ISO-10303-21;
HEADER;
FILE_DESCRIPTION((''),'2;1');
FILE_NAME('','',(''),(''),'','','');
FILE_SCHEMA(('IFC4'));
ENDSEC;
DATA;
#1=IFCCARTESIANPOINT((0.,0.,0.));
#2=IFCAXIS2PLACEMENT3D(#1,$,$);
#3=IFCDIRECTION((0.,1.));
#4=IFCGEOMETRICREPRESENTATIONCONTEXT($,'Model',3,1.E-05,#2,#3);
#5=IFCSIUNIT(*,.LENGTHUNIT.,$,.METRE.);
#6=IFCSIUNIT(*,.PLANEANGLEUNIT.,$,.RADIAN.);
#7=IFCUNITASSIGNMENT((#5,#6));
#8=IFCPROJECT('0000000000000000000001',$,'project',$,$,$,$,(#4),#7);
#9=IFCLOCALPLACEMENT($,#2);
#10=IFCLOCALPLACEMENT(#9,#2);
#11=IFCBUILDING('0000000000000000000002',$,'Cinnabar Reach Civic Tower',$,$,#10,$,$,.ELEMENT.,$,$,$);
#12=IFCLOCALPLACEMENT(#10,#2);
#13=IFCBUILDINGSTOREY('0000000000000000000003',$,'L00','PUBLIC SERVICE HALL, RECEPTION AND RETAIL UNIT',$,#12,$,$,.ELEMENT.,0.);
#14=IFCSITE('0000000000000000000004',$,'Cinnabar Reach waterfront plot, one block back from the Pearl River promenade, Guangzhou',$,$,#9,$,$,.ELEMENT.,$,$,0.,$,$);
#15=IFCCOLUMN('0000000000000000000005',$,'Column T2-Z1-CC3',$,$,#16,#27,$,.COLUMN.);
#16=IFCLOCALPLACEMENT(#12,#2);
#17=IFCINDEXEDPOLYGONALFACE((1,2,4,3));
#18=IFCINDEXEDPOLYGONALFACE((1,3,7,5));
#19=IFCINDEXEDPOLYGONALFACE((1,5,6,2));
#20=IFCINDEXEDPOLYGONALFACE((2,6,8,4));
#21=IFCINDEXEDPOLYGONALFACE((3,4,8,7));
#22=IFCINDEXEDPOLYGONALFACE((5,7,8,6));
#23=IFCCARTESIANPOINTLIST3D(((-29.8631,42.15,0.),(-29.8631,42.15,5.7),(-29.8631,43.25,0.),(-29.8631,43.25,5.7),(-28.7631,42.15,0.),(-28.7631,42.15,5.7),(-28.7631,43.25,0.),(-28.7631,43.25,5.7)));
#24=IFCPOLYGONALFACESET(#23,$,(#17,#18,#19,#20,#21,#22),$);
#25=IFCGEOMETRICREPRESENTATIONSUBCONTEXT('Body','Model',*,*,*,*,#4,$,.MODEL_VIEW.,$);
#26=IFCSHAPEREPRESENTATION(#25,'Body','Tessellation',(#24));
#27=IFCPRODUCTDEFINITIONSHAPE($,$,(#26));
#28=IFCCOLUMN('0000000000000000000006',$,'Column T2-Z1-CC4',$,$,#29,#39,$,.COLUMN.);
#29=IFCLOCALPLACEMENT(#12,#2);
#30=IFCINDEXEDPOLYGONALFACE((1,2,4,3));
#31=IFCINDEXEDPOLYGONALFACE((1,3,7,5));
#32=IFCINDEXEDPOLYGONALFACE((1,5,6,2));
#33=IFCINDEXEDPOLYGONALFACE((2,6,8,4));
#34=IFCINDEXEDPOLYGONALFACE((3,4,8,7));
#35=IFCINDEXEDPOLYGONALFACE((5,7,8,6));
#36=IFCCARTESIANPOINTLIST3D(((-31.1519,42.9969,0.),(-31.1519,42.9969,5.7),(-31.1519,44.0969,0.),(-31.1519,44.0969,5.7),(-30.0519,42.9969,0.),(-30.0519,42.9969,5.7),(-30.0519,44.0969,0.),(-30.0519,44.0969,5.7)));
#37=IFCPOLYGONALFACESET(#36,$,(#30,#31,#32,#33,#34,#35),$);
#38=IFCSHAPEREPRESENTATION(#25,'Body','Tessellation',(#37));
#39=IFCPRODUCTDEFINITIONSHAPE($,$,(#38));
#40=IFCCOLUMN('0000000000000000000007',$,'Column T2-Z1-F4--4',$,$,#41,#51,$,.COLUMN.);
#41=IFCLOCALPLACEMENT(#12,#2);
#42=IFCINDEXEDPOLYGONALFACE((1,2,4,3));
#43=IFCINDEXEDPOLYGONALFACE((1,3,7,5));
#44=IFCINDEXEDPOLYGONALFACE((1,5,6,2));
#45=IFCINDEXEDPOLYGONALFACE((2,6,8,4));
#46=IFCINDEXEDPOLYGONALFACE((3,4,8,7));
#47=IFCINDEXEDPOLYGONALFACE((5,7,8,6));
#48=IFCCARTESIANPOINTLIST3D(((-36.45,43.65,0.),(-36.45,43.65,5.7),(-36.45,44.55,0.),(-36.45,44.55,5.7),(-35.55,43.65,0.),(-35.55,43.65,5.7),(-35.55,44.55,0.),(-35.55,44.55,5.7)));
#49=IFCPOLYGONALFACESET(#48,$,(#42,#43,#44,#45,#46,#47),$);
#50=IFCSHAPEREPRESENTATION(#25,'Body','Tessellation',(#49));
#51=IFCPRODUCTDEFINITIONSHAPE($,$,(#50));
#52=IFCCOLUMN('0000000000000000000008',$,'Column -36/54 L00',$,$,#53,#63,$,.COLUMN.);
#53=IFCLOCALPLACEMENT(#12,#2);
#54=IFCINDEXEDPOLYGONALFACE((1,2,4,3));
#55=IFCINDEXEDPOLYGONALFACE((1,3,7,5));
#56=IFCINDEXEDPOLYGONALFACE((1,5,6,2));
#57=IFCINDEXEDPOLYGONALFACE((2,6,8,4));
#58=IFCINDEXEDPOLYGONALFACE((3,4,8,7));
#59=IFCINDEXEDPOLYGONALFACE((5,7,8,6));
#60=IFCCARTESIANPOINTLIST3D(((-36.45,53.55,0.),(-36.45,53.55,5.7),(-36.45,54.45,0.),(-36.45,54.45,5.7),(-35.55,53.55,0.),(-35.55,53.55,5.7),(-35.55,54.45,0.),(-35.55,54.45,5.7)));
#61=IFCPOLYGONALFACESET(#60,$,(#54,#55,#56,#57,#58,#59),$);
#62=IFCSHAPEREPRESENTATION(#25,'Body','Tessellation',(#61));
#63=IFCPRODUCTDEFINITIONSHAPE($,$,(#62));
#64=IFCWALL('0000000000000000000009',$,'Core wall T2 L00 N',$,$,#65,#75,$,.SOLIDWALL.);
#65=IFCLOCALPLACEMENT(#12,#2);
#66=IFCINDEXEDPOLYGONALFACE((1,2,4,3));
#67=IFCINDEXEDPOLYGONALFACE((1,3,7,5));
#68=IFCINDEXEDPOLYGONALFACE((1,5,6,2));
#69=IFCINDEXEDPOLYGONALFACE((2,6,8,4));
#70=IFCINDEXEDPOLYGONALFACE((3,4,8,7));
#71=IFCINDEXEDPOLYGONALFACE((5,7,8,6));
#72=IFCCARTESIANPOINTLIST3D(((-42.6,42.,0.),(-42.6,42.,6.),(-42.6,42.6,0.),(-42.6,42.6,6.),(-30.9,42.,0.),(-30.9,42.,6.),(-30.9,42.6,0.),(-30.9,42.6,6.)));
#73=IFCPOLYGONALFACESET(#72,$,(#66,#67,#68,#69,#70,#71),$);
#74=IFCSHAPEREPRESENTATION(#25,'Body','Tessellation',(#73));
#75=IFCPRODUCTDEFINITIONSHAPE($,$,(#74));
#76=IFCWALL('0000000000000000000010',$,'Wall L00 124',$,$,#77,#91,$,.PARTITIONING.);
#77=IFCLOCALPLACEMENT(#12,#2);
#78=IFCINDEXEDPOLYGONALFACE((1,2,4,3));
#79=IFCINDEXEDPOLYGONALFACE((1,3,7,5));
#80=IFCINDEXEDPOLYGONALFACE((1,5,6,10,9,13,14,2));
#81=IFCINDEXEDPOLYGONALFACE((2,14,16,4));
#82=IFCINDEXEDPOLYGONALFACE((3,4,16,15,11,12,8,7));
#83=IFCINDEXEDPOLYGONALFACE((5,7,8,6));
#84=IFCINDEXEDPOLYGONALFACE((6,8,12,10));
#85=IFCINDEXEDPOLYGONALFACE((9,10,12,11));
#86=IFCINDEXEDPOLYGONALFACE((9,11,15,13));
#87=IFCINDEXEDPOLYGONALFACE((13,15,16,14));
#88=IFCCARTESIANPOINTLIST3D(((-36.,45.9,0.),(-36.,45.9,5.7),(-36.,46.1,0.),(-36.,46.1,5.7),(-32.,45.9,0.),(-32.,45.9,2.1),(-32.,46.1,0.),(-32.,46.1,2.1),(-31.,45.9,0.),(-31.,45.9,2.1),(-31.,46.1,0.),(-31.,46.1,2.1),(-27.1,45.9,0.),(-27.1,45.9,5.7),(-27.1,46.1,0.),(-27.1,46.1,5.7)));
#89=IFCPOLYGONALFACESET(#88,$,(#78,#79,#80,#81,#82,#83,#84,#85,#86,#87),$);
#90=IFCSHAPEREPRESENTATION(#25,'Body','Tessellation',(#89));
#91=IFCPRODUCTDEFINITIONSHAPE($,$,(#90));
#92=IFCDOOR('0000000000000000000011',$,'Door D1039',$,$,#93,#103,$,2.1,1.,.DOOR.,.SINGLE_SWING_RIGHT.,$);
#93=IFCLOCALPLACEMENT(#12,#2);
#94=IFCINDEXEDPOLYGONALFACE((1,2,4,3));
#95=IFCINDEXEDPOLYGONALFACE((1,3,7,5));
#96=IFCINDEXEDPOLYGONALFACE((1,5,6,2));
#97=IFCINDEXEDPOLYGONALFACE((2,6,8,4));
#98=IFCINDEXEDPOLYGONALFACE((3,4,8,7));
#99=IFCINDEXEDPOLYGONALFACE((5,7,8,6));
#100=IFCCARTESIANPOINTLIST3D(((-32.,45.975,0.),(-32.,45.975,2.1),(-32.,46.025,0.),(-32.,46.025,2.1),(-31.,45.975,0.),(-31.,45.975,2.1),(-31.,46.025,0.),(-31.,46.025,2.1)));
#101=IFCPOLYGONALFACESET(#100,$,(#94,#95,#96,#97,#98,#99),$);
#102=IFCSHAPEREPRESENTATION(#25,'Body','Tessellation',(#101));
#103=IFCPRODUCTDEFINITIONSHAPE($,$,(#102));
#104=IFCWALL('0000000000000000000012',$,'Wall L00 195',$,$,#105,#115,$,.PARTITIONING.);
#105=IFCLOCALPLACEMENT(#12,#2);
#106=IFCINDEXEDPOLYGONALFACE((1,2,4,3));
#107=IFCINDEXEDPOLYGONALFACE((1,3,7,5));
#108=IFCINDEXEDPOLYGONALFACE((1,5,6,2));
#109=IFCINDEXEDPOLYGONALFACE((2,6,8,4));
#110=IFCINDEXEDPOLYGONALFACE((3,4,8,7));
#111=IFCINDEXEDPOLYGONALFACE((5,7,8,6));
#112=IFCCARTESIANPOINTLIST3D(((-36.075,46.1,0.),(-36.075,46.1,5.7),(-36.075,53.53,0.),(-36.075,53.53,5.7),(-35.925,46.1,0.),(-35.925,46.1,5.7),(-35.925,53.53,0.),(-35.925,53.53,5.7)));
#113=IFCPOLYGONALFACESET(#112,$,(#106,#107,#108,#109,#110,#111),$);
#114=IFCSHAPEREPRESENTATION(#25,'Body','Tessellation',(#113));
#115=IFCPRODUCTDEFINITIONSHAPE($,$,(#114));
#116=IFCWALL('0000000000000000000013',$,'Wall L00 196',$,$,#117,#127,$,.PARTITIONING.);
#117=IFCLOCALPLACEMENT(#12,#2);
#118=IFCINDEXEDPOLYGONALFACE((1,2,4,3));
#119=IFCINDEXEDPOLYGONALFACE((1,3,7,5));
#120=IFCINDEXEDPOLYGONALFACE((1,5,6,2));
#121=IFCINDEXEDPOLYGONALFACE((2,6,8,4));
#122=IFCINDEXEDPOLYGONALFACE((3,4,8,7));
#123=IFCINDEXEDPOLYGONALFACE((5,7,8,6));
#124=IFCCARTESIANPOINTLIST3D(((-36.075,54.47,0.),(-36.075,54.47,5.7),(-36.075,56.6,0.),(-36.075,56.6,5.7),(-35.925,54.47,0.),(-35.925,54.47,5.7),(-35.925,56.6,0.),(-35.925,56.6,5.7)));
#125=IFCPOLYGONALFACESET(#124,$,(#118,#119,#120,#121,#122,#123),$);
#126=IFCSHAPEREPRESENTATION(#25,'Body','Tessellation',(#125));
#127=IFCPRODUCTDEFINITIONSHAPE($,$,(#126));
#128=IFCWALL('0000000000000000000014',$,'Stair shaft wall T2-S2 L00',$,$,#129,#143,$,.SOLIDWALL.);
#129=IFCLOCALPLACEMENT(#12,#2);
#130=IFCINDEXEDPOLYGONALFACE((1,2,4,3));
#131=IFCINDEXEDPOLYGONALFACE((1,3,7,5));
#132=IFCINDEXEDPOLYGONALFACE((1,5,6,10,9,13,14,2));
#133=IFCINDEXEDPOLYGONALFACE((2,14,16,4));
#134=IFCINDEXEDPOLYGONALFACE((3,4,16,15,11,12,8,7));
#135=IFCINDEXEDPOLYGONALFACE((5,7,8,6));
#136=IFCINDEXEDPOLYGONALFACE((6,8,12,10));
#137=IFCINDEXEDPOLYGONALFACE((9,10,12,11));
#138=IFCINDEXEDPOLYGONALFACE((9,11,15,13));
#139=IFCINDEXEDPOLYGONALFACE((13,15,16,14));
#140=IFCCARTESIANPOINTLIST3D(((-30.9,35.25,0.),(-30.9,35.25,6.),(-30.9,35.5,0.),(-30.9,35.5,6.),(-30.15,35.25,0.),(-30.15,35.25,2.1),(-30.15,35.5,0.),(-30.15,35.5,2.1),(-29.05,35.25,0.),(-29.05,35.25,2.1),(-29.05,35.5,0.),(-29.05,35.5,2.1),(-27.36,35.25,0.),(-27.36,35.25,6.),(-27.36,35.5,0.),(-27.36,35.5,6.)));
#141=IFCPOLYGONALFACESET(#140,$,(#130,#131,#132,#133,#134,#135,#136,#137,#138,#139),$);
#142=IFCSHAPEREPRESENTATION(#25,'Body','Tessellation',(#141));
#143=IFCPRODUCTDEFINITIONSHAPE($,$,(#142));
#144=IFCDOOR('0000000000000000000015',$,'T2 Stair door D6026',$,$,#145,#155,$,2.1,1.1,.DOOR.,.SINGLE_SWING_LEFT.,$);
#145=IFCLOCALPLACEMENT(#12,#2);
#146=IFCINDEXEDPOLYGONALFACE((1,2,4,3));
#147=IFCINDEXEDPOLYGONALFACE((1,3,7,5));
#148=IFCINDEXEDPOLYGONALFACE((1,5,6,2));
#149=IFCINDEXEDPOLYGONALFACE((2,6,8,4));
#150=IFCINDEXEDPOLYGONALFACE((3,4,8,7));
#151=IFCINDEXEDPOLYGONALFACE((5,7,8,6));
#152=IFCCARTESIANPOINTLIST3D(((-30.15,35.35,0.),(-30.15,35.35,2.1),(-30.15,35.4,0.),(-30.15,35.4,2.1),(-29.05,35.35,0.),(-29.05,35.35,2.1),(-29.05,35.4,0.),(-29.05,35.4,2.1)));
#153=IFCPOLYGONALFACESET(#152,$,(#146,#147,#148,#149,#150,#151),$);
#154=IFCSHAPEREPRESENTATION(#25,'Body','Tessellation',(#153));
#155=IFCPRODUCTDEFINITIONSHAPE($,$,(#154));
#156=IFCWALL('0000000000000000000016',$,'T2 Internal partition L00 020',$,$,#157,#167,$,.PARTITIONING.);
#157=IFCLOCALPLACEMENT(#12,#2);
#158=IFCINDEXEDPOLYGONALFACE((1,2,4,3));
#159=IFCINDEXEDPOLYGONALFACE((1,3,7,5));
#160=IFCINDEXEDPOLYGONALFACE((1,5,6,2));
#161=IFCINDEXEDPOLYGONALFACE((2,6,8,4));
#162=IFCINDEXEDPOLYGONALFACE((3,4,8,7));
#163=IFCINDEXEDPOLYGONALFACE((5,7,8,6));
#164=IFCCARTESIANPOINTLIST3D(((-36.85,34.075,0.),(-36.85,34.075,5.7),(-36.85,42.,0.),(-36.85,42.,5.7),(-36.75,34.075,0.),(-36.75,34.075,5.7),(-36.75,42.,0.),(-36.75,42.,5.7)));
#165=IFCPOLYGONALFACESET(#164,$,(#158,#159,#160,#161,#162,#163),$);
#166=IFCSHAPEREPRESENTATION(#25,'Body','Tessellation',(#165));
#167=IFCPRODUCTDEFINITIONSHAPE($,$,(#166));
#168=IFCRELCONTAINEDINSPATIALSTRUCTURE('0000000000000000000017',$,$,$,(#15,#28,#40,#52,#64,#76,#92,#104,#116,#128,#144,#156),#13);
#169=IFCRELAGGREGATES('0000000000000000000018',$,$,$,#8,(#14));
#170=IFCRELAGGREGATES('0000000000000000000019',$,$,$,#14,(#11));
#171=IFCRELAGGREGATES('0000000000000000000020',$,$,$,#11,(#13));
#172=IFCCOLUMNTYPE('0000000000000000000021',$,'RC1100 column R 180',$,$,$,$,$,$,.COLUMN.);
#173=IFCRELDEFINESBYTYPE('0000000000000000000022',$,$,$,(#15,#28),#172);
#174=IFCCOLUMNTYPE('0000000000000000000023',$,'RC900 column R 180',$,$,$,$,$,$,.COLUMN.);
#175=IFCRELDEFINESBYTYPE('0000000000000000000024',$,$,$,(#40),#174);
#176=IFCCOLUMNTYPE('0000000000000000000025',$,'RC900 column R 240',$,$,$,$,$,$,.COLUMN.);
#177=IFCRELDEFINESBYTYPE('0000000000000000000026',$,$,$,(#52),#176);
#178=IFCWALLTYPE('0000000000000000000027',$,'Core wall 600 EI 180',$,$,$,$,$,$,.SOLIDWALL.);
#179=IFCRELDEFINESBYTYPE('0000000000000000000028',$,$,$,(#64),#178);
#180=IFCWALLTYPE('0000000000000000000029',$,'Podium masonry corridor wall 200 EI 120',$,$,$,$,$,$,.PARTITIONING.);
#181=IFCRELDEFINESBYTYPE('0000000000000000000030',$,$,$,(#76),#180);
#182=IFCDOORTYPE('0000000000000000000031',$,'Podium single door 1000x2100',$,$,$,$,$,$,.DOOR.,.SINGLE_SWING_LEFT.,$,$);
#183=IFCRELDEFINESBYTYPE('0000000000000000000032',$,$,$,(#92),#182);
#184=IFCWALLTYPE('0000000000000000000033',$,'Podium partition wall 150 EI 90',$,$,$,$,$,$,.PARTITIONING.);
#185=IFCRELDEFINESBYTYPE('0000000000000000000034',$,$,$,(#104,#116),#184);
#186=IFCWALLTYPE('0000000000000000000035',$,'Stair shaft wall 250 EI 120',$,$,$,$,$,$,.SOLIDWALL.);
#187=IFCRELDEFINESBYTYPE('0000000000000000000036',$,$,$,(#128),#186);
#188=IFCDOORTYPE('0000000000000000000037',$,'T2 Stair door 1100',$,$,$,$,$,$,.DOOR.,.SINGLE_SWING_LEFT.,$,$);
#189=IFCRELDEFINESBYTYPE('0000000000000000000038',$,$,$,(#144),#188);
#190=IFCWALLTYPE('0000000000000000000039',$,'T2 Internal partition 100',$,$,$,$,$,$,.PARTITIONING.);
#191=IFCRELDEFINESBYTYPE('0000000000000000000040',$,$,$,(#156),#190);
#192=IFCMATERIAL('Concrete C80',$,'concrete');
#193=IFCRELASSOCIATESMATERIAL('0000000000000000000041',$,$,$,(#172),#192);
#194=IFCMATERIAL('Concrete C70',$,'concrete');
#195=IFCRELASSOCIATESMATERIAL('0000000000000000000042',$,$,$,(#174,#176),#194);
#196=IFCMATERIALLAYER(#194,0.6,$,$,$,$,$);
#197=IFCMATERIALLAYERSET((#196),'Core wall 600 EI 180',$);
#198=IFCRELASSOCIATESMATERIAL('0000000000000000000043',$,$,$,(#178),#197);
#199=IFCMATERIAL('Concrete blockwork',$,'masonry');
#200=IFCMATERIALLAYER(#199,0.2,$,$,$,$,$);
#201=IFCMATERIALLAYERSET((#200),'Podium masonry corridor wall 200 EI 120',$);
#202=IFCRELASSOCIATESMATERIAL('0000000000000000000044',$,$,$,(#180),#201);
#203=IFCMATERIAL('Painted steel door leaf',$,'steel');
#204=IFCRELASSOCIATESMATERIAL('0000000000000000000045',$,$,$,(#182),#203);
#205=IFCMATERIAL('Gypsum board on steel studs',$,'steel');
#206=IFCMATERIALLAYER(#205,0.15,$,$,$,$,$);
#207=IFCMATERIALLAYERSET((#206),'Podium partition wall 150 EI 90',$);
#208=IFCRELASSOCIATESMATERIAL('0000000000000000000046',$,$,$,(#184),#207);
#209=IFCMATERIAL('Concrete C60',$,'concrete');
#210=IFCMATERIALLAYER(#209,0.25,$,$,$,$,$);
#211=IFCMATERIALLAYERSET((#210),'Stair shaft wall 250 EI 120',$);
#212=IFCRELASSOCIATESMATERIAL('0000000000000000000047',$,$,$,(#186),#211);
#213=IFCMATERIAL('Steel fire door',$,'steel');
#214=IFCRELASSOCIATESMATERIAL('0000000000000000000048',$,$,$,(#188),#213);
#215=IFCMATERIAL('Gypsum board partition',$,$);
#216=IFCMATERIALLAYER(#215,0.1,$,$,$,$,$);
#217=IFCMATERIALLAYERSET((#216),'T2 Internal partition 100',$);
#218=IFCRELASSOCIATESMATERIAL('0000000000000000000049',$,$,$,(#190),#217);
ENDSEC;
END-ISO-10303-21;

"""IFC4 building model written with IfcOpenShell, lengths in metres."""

from ifc_helpers import new_model, si_unit, direction, frame, frame_2d, origin, origin_2d, place, context, subcontext, project, spatial, rectangle, extrude, material, layer, layer_set, material_profile, profile_set, type_object, element, fill, save


model = new_model("IFC4")

# Units and contexts
model_context = context("Model", 3, precision=1e-05, world=origin(), true_north=direction((0.0, 1.0)))
body_context = subcontext(model_context, "Body", "Model", "MODEL_VIEW")
ifc_project = project(units=[si_unit("LENGTHUNIT", "METRE"), si_unit("PLANEANGLEUNIT", "RADIAN")], contexts=[model_context])

# Site, building, storey
site_placement = place(None, origin())
site = spatial("IfcSite", under=ifc_project, at=site_placement, Name="Cinnabar Reach waterfront plot, one block back from the Pearl River promenade, Guangzhou", CompositionType="ELEMENT", RefElevation=0.0)
building_placement = place(site_placement, origin())
building = spatial("IfcBuilding", under=site, at=building_placement, Name="Cinnabar Reach Civic Tower", CompositionType="ELEMENT")
storey_placement = place(building_placement, origin())
storey = spatial("IfcBuildingStorey", under=building, at=storey_placement, Name="L00", Description="PUBLIC SERVICE HALL, RECEPTION AND RETAIL UNIT", CompositionType="ELEMENT", Elevation=0.0)

# Columns
ifc_material_1 = material(Name="Concrete C80", Category="concrete")
ifc_material_profile_1 = material_profile(ifc_material_1, rectangle(XDim=1.1, YDim=1.1, at=origin_2d()), Name="RC1100")
ifc_profile_set_1 = profile_set([ifc_material_profile_1], Name="Concrete C80")
column_type_1 = type_object("IfcColumnType", Name="RC1100 column R 180", PredefinedType="COLUMN", material=ifc_profile_set_1)
for number, where, z_axis, x_axis, name in (
    (1, (-29.3131, 42.7, 0.0), (0.0, 0.0, 1.0), (1.0, 0.0, 0.0), "Column T2-Z1-CC3"),
    (2, (-30.6019, 43.5469, 0.0), (0.0, 0.0, 1.0), (1.0, 0.0, 0.0), "Column T2-Z1-CC4"),
):
    element("IfcColumn", number, at=place(storey_placement, frame(where, z_axis=z_axis, x_axis=x_axis)), inside=storey, type_object=column_type_1, Name=name, PredefinedType="COLUMN", context=body_context, shape_type="SweptSolid", body=[
        extrude(rectangle(XDim=1.1, YDim=1.1, at=origin_2d()), origin(), (0.0, 0.0, 1.0), 5.7),
    ])
ifc_material_2 = material(Name="Concrete C70", Category="concrete")
ifc_material_profile_2 = material_profile(ifc_material_2, rectangle(XDim=0.9, YDim=0.9, at=origin_2d()), Name="RC900")
ifc_profile_set_2 = profile_set([ifc_material_profile_2], Name="Concrete C70")
column_type_2 = type_object("IfcColumnType", Name="RC900 column R 180", PredefinedType="COLUMN", material=ifc_profile_set_2)
column_1_placement = place(storey_placement, frame((-36.0, 44.1, 0.0), z_axis=(0.0, 0.0, 1.0), x_axis=(1.0, 0.0, 0.0)))
element("IfcColumn", 3, at=column_1_placement, inside=storey, type_object=column_type_2, Name="Column T2-Z1-F4--4", PredefinedType="COLUMN", context=body_context, shape_type="SweptSolid", body=[
    extrude(rectangle(XDim=0.9, YDim=0.9, at=origin_2d()), origin(), (0.0, 0.0, 1.0), 5.7),
])
ifc_material_profile_3 = material_profile(ifc_material_2, rectangle(XDim=0.9, YDim=0.9, at=origin_2d()), Name="RC900")
ifc_profile_set_3 = profile_set([ifc_material_profile_3], Name="Concrete C70")
column_type_3 = type_object("IfcColumnType", Name="RC900 column R 240", PredefinedType="COLUMN", material=ifc_profile_set_3)
column_2_placement = place(storey_placement, frame((-36.0, 54.0, 0.0), z_axis=(0.0, 0.0, 1.0), x_axis=(1.0, 0.0, 0.0)))
element("IfcColumn", 4, at=column_2_placement, inside=storey, type_object=column_type_3, Name="Column -36/54 L00", PredefinedType="COLUMN", context=body_context, shape_type="SweptSolid", body=[
    extrude(rectangle(XDim=0.9, YDim=0.9, at=origin_2d()), origin(), (0.0, 0.0, 1.0), 5.7),
])

# Wall
ifc_layer_1 = layer(ifc_material_2, 0.6)
ifc_layer_set_1 = layer_set([ifc_layer_1], Name="Core wall 600 EI 180")
wall_type_1 = type_object("IfcWallType", Name="Core wall 600 EI 180", PredefinedType="SOLIDWALL", material=ifc_layer_set_1)
wall_1_placement = place(storey_placement, frame((-30.9, 42.3, 0.0), z_axis=(0.0, 0.0, 1.0), x_axis=(-1.0, 0.0, 0.0)))
element("IfcWall", 5, at=wall_1_placement, inside=storey, type_object=wall_type_1, Name="Core wall T2 L00 N", PredefinedType="SOLIDWALL", context=body_context, shape_type="SweptSolid", body=[
    extrude(rectangle(XDim=11.7, YDim=0.6, at=frame_2d((5.85, 0.0))), origin(), (0.0, 0.0, 1.0), 6.0),
])

# Wall, opening, door
ifc_material_3 = material(Name="Concrete blockwork", Category="masonry")
ifc_layer_2 = layer(ifc_material_3, 0.2)
ifc_layer_set_2 = layer_set([ifc_layer_2], Name="Podium masonry corridor wall 200 EI 120")
wall_type_2 = type_object("IfcWallType", Name="Podium masonry corridor wall 200 EI 120", PredefinedType="PARTITIONING", material=ifc_layer_set_2)
wall_2_placement = place(storey_placement, frame((-36.0, 46.0, 0.0), z_axis=(0.0, 0.0, 1.0), x_axis=(1.0, 0.0, 0.0)))
wall_2 = element("IfcWall", 6, at=wall_2_placement, inside=storey, type_object=wall_type_2, Name="Wall L00 124", PredefinedType="PARTITIONING", context=body_context, shape_type="SweptSolid", body=[
    extrude(rectangle(XDim=8.9, YDim=0.2, at=frame_2d((4.45, 0.0))), origin(), (0.0, 0.0, 1.0), 5.7),
])
opening_1_placement = place(wall_2_placement, frame((4.0, 0.0, 0.0)))
opening_1 = element("IfcOpeningElement", 7, at=opening_1_placement, cuts=wall_2, PredefinedType="OPENING", context=body_context, shape_type="SweptSolid", body=[
    extrude(rectangle(XDim=1.0, YDim=2.1, at=frame_2d((0.5, 1.05))), frame((0.0, 0.11, 0.0), z_axis=(0.0, -1.0, 0.0), x_axis=(1.0, 0.0, 0.0)), (0.0, 0.0, 1.0), 0.22),
])
ifc_material_4 = material(Name="Painted steel door leaf", Category="steel")
door_type_1 = type_object("IfcDoorType", Name="Podium single door 1000x2100", OperationType="SINGLE_SWING_LEFT", PredefinedType="DOOR", material=ifc_material_4)
door_1_placement = place(opening_1_placement, origin())
door_1 = element("IfcDoor", 8, at=door_1_placement, inside=storey, type_object=door_type_1, Name="Door D1039", OperationType="SINGLE_SWING_RIGHT", OverallHeight=2.1, OverallWidth=1.0, PredefinedType="DOOR", context=body_context, shape_type="SweptSolid", body=[
    extrude(rectangle(XDim=1.0, YDim=2.1, at=frame_2d((0.5, 1.05))), frame((0.0, 0.025, 0.0), z_axis=(0.0, -1.0, 0.0), x_axis=(1.0, 0.0, 0.0)), (0.0, 0.0, 1.0), 0.05),
])
fill(opening_1, door_1)

# Walls
ifc_material_5 = material(Name="Gypsum board on steel studs", Category="steel")
ifc_layer_3 = layer(ifc_material_5, 0.15)
ifc_layer_set_3 = layer_set([ifc_layer_3], Name="Podium partition wall 150 EI 90")
wall_type_3 = type_object("IfcWallType", Name="Podium partition wall 150 EI 90", PredefinedType="PARTITIONING", material=ifc_layer_set_3)
wall_3_placement = place(storey_placement, frame((-36.0, 46.1, 0.0), z_axis=(0.0, 0.0, 1.0), x_axis=(0.0, 1.0, 0.0)))
element("IfcWall", 9, at=wall_3_placement, inside=storey, type_object=wall_type_3, Name="Wall L00 195", PredefinedType="PARTITIONING", context=body_context, shape_type="SweptSolid", body=[
    extrude(rectangle(XDim=7.43, YDim=0.15, at=frame_2d((3.715, 0.0))), origin(), (0.0, 0.0, 1.0), 5.7),
])
wall_4_placement = place(storey_placement, frame((-36.0, 54.47, 0.0), z_axis=(0.0, 0.0, 1.0), x_axis=(0.0, 1.0, 0.0)))
element("IfcWall", 10, at=wall_4_placement, inside=storey, type_object=wall_type_3, Name="Wall L00 196", PredefinedType="PARTITIONING", context=body_context, shape_type="SweptSolid", body=[
    extrude(rectangle(XDim=2.13, YDim=0.15, at=frame_2d((1.065, 0.0))), origin(), (0.0, 0.0, 1.0), 5.7),
])

# Wall, opening, door
ifc_material_6 = material(Name="Concrete C60", Category="concrete")
ifc_layer_4 = layer(ifc_material_6, 0.25)
ifc_layer_set_4 = layer_set([ifc_layer_4], Name="Stair shaft wall 250 EI 120")
wall_type_4 = type_object("IfcWallType", Name="Stair shaft wall 250 EI 120", PredefinedType="SOLIDWALL", material=ifc_layer_set_4)
wall_5_placement = place(storey_placement, frame((-30.9, 35.375, 0.0), z_axis=(0.0, 0.0, 1.0), x_axis=(1.0, 0.0, 0.0)))
wall_5 = element("IfcWall", 11, at=wall_5_placement, inside=storey, type_object=wall_type_4, Name="Stair shaft wall T2-S2 L00", PredefinedType="SOLIDWALL", context=body_context, shape_type="SweptSolid", body=[
    extrude(rectangle(XDim=3.54, YDim=0.25, at=frame_2d((1.77, 0.0))), origin(), (0.0, 0.0, 1.0), 6.0),
])
opening_2_placement = place(wall_5_placement, frame((0.75, 0.0, 0.0)))
opening_2 = element("IfcOpeningElement", 12, at=opening_2_placement, cuts=wall_5, PredefinedType="OPENING", context=body_context, shape_type="SweptSolid", body=[
    extrude(rectangle(XDim=1.1, YDim=2.1, at=frame_2d((0.55, 1.05))), frame((0.0, 0.135, 0.0), z_axis=(0.0, -1.0, 0.0), x_axis=(1.0, 0.0, 0.0)), (0.0, 0.0, 1.0), 0.27),
])
ifc_material_7 = material(Name="Steel fire door", Category="steel")
door_type_2 = type_object("IfcDoorType", Name="T2 Stair door 1100", OperationType="SINGLE_SWING_LEFT", PredefinedType="DOOR", material=ifc_material_7)
door_2_placement = place(opening_2_placement, origin())
door_2 = element("IfcDoor", 13, at=door_2_placement, inside=storey, type_object=door_type_2, Name="T2 Stair door D6026", OperationType="SINGLE_SWING_LEFT", OverallHeight=2.1, OverallWidth=1.1, PredefinedType="DOOR", context=body_context, shape_type="SweptSolid", body=[
    extrude(rectangle(XDim=1.1, YDim=2.1, at=frame_2d((0.55, 1.05))), frame((0.0, 0.025, 0.0), z_axis=(0.0, -1.0, 0.0), x_axis=(1.0, 0.0, 0.0)), (0.0, 0.0, 1.0), 0.05),
])
fill(opening_2, door_2)

# Wall
ifc_material_8 = material(Name="Gypsum board partition")
ifc_layer_5 = layer(ifc_material_8, 0.1)
ifc_layer_set_5 = layer_set([ifc_layer_5], Name="T2 Internal partition 100")
wall_type_5 = type_object("IfcWallType", Name="T2 Internal partition 100", PredefinedType="PARTITIONING", material=ifc_layer_set_5)
wall_6_placement = place(storey_placement, frame((-36.8, 34.075, 0.0), z_axis=(0.0, 0.0, 1.0), x_axis=(0.0, 1.0, 0.0)))
element("IfcWall", 14, at=wall_6_placement, inside=storey, type_object=wall_type_5, Name="T2 Internal partition L00 020", PredefinedType="PARTITIONING", context=body_context, shape_type="SweptSolid", body=[
    extrude(rectangle(XDim=7.925, YDim=0.1, at=frame_2d((3.9625, 0.0))), origin(), (0.0, 0.0, 1.0), 5.7),
])

save(model, "model.ifc")
